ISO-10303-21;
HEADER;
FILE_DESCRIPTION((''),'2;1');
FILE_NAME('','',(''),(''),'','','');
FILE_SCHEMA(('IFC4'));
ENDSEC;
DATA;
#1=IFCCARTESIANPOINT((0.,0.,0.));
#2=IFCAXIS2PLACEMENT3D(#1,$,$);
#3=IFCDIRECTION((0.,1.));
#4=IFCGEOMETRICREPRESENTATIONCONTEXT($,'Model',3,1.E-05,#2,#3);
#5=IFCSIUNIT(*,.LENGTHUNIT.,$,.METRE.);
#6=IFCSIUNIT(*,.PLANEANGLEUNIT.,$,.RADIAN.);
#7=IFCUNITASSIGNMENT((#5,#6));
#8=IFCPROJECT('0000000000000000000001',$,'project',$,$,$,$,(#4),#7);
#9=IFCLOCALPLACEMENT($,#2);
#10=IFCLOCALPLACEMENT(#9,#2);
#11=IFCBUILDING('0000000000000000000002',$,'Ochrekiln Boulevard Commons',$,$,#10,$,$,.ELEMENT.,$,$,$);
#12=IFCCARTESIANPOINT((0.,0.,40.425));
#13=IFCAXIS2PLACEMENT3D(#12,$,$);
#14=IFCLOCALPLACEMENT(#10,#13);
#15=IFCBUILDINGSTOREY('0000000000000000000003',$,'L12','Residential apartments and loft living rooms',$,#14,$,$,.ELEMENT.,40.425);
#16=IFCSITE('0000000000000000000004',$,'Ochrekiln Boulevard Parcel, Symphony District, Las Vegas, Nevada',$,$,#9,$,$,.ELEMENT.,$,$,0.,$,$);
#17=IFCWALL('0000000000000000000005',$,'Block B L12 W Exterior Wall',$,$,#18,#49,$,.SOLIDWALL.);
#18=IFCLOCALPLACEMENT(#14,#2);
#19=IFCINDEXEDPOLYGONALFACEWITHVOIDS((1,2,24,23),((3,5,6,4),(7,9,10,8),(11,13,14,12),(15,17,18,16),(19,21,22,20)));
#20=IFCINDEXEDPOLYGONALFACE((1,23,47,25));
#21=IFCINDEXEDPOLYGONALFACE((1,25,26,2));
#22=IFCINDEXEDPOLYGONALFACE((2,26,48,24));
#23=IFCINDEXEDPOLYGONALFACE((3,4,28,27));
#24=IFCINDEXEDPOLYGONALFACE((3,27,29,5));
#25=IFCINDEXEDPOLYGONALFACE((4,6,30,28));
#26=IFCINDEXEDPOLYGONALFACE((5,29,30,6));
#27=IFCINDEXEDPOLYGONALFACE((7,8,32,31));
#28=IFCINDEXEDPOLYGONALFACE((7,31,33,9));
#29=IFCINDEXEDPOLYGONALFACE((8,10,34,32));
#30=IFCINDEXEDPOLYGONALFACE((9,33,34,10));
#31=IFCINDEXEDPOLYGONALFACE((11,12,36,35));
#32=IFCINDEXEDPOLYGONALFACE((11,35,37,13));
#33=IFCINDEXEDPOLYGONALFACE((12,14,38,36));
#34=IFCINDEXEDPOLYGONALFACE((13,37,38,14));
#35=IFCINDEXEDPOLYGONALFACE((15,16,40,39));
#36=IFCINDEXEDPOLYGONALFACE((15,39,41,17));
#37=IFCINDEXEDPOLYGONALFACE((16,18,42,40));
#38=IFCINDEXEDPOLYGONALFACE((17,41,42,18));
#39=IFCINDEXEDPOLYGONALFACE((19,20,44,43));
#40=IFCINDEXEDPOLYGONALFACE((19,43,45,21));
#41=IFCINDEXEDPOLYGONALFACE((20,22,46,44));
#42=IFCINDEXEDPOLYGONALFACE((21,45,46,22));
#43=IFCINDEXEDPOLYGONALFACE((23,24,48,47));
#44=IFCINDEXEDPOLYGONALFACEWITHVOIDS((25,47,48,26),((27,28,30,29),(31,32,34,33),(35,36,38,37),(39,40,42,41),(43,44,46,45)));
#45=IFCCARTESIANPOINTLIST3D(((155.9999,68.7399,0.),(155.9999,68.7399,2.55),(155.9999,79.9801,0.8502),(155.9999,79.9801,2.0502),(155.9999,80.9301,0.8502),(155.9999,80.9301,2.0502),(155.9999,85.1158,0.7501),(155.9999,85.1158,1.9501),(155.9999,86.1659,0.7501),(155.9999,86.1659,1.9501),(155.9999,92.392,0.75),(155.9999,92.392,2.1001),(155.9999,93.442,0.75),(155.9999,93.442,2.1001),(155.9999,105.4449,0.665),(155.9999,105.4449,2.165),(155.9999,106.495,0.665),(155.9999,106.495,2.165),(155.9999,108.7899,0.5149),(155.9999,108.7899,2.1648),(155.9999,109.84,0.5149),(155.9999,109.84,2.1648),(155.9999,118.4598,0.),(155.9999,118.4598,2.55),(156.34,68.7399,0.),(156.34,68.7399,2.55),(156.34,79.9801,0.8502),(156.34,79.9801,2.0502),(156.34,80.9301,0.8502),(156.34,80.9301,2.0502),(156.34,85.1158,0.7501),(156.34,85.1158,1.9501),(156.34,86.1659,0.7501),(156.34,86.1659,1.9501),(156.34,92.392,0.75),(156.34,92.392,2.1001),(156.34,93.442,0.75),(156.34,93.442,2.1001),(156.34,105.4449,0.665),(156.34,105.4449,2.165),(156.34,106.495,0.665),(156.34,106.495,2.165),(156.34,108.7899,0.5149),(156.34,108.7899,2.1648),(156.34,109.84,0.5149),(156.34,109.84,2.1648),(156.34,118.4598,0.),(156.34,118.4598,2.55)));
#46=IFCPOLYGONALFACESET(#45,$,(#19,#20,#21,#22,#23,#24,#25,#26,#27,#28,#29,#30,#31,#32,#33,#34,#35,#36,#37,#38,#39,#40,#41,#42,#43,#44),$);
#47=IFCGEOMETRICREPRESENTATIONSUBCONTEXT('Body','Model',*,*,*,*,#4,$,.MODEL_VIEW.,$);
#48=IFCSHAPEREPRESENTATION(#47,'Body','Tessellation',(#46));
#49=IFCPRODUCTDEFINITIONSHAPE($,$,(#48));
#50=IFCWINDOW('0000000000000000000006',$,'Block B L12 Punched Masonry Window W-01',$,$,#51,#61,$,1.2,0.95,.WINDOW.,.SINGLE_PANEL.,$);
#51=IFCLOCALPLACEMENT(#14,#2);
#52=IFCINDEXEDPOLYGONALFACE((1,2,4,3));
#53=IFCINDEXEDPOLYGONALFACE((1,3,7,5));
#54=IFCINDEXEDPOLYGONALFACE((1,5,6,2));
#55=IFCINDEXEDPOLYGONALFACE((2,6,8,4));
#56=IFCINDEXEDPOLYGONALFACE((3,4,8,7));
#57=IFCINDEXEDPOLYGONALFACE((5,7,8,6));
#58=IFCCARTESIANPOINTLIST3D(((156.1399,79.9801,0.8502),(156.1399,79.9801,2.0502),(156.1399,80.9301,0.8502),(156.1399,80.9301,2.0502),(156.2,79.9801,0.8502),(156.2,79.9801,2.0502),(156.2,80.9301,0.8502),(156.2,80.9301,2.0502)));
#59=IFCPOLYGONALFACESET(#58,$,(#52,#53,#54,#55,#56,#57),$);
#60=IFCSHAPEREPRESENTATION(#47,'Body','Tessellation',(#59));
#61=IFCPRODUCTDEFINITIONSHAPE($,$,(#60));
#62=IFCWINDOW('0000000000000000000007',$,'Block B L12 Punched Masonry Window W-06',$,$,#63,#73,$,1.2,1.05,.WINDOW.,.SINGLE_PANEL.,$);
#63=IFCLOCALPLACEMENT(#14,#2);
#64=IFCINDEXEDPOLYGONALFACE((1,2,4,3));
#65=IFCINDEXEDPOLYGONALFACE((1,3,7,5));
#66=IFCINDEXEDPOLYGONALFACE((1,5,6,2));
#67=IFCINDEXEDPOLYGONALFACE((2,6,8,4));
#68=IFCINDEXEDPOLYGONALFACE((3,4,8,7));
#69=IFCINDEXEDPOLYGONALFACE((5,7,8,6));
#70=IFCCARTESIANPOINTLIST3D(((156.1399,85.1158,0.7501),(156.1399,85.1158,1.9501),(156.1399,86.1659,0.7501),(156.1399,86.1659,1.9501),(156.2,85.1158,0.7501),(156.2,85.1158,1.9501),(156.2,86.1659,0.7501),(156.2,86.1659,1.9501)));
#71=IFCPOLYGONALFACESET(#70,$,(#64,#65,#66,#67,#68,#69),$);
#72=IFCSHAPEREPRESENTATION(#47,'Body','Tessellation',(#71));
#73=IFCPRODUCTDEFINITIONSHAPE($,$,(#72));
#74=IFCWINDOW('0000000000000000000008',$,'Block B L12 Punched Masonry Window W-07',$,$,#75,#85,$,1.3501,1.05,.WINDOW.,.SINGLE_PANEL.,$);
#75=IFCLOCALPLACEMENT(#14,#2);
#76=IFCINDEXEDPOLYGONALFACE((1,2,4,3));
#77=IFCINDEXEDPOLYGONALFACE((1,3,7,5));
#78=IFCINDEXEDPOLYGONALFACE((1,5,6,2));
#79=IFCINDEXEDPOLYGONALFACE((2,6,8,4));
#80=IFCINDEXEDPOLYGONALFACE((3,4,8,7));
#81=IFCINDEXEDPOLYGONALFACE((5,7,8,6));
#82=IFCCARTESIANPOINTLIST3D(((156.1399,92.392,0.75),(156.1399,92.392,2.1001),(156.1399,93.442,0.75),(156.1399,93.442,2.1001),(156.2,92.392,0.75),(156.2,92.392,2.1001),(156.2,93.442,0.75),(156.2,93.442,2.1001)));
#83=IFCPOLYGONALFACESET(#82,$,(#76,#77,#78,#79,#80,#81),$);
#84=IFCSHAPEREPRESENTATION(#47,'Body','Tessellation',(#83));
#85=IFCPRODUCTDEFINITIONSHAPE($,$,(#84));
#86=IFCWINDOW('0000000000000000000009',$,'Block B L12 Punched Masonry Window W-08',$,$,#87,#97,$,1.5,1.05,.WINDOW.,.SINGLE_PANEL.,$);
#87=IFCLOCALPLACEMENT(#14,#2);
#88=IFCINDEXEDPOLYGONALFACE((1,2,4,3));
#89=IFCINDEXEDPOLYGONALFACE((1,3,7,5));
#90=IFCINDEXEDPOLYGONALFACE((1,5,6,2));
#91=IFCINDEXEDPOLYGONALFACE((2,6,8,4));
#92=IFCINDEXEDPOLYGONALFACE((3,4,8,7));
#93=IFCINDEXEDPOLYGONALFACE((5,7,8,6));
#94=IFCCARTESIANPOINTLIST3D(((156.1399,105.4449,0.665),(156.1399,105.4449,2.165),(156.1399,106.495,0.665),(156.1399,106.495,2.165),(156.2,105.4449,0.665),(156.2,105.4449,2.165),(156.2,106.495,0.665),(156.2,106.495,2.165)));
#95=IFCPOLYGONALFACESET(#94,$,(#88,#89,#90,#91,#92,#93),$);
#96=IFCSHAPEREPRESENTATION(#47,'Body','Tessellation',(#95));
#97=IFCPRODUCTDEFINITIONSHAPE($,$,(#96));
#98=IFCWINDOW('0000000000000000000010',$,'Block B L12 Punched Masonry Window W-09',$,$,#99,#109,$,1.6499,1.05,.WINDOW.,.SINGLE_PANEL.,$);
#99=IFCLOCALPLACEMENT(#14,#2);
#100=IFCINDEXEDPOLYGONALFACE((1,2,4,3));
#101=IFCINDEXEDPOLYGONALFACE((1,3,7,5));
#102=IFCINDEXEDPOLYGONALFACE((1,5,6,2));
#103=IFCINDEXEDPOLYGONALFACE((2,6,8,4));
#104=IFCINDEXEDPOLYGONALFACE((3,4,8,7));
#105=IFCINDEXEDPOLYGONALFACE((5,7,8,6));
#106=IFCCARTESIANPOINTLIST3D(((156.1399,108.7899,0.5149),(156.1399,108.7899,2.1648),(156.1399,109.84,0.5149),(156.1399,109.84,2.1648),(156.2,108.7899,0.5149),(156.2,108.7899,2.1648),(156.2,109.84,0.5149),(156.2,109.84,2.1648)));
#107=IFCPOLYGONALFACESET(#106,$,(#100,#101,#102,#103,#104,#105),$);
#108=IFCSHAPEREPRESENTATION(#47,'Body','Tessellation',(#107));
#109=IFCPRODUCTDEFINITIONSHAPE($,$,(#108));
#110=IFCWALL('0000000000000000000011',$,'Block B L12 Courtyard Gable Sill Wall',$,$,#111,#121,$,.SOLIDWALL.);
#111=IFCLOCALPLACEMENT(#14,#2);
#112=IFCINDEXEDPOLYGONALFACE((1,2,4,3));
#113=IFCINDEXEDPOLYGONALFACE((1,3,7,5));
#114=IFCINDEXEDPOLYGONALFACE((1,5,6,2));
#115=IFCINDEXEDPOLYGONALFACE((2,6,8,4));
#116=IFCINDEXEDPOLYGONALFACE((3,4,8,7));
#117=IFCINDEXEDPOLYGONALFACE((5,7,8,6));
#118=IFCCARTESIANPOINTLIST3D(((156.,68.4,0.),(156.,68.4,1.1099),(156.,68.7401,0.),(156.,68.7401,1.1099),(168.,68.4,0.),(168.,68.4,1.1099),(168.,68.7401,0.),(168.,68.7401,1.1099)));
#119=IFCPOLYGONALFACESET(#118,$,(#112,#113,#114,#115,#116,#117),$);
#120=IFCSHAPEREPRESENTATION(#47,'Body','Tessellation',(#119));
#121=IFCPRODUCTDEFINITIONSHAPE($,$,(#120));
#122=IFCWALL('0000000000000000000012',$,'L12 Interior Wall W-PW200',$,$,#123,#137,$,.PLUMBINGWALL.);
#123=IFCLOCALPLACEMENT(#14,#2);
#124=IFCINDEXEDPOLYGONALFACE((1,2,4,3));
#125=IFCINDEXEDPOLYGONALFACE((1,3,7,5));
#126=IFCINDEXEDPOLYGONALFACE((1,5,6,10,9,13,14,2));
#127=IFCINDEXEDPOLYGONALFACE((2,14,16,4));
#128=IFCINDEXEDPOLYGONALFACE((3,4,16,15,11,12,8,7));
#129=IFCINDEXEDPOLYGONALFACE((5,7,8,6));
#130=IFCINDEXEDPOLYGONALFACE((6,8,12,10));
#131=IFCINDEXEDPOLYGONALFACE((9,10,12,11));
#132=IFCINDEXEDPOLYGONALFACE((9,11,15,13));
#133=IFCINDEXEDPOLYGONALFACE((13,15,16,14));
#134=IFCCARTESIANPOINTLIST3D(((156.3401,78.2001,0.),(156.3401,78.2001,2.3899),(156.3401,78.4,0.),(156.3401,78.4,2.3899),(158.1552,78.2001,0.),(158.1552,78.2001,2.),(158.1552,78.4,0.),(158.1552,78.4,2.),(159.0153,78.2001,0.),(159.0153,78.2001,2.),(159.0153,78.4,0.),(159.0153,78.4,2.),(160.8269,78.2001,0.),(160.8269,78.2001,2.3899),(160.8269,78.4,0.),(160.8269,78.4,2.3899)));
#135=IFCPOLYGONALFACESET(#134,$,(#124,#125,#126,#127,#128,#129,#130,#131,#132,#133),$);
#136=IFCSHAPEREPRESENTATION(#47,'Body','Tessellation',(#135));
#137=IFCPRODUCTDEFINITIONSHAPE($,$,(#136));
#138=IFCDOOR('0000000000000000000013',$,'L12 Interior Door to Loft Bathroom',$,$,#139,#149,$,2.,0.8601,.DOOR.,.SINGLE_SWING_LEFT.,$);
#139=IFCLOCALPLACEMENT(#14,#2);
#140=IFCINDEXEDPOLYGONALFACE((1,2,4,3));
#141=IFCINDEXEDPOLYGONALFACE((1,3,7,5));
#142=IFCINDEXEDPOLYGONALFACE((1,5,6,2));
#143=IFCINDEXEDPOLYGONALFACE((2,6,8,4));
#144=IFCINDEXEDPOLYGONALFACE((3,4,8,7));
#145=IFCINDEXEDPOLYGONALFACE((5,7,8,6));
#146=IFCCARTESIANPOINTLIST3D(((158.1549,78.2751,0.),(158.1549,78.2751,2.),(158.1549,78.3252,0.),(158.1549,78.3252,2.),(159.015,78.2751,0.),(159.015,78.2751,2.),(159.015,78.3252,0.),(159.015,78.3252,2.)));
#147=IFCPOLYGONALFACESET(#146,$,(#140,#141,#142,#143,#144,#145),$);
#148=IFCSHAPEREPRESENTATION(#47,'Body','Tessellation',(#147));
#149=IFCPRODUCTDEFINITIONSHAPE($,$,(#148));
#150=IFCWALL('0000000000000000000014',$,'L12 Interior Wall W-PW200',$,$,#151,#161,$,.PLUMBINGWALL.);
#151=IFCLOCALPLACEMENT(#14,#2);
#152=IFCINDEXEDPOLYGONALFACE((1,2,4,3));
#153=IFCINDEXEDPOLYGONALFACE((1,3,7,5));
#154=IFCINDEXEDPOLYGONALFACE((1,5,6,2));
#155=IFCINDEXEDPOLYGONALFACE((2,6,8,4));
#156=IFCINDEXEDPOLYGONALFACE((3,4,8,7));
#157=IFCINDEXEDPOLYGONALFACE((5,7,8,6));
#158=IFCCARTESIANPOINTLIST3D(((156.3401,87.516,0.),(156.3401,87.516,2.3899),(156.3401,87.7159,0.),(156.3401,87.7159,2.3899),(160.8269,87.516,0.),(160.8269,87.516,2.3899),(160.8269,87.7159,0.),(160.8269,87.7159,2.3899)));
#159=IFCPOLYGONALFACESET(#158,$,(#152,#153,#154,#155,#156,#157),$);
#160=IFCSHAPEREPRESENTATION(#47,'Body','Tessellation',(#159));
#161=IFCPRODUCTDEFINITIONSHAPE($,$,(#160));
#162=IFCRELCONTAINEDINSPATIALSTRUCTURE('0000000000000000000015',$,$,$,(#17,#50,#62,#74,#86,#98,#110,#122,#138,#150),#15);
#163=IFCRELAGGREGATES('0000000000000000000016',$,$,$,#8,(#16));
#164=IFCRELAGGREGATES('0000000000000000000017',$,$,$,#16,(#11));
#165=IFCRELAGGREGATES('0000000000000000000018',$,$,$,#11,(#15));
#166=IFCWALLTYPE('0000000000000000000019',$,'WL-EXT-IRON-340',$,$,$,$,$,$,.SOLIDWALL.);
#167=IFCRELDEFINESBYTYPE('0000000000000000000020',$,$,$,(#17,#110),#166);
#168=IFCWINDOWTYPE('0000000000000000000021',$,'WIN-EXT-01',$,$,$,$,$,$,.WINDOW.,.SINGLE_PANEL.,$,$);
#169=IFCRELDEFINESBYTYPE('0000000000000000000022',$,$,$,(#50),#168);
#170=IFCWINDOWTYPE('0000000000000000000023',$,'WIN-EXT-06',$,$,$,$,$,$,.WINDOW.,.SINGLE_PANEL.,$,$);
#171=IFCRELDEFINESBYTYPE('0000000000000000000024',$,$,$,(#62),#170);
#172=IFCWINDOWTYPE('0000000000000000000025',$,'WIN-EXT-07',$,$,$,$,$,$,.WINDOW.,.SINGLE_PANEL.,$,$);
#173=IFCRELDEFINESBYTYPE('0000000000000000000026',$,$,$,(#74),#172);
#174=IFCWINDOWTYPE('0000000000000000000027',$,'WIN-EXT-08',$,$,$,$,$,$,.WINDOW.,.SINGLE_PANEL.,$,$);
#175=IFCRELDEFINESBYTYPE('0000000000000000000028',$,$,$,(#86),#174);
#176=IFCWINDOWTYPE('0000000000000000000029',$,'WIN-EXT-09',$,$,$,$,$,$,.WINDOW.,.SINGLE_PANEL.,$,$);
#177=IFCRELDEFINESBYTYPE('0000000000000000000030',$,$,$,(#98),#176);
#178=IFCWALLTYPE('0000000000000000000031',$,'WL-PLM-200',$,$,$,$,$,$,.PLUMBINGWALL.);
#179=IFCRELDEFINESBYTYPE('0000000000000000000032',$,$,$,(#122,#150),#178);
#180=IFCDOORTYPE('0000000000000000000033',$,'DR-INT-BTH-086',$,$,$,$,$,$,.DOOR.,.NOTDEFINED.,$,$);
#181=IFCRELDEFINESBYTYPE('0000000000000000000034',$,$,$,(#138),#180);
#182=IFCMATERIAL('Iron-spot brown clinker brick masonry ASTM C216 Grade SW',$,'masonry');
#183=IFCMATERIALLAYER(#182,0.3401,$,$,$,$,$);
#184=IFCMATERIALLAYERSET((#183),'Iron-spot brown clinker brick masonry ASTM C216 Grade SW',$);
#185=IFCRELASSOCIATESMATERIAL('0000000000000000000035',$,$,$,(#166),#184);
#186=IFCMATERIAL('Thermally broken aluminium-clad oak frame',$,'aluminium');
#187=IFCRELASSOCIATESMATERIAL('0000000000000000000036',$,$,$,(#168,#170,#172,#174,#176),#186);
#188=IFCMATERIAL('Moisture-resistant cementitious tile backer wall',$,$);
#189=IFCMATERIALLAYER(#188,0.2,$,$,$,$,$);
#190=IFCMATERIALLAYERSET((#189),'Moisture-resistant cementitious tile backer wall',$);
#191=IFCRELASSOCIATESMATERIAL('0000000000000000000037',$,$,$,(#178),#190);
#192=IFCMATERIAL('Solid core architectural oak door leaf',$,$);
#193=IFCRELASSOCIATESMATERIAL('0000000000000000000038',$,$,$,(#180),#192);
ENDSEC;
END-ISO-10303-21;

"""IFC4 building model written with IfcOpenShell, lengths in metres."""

from ifc_helpers import new_model, si_unit, direction, frame, frame_2d, origin, place, context, subcontext, project, spatial, rectangle, extrude, material, layer, layer_set, type_object, element, fill, save


model = new_model("IFC4")

# Units and contexts
model_context = context("Model", 3, precision=1e-05, world=origin(), true_north=direction((0.0, 1.0)))
body_context = subcontext(model_context, "Body", "Model", "MODEL_VIEW")
ifc_project = project(units=[si_unit("LENGTHUNIT", "METRE"), si_unit("PLANEANGLEUNIT", "RADIAN")], contexts=[model_context])

# Site, building, storey
site_placement = place(None, origin())
site = spatial("IfcSite", under=ifc_project, at=site_placement, Name="Ochrekiln Boulevard Parcel, Symphony District, Las Vegas, Nevada", CompositionType="ELEMENT", RefElevation=0.0)
building_placement = place(site_placement, origin())
building = spatial("IfcBuilding", under=site, at=building_placement, Name="Ochrekiln Boulevard Commons", CompositionType="ELEMENT")
storey_placement = place(building_placement, frame((0.0, 0.0, 40.425)))
storey = spatial("IfcBuildingStorey", under=building, at=storey_placement, Name="L12", Description="Residential apartments and loft living rooms", CompositionType="ELEMENT", Elevation=40.425)

# Shared definitions
ifc_material_1 = material(Name="Iron-spot brown clinker brick masonry ASTM C216 Grade SW", Category="masonry")
ifc_layer_1 = layer(ifc_material_1, 0.3401)
ifc_layer_set_1 = layer_set([ifc_layer_1], Name="Iron-spot brown clinker brick masonry ASTM C216 Grade SW")
wall_type_1 = type_object("IfcWallType", Name="WL-EXT-IRON-340", PredefinedType="SOLIDWALL", material=ifc_layer_set_1)

# Wall, openings, windows
wall_1_placement = place(storey_placement, frame((156.1699, 68.74, 0.0), z_axis=(0.0, 0.0, 1.0), x_axis=(0.0, 1.0, 0.0)))
wall_1 = element("IfcWall", 1, at=wall_1_placement, inside=storey, type_object=wall_type_1, Name="Block B L12 W Exterior Wall", PredefinedType="SOLIDWALL", context=body_context, shape_type="SweptSolid", body=[
    extrude(rectangle(XDim=49.72, YDim=0.3401, at=frame_2d((24.8599, 0.0))), origin(), (0.0, 0.0, 1.0), 2.55),
])
opening_1_placement = place(wall_1_placement, frame((11.24, 0.0, 0.8501)))
opening_1 = element("IfcOpeningElement", 2, at=opening_1_placement, cuts=wall_1, PredefinedType="OPENING", context=body_context, shape_type="SweptSolid", body=[
    extrude(rectangle(XDim=0.95, YDim=1.2, at=frame_2d((0.4751, 0.6001))), frame((0.0, 0.1799, 0.0), z_axis=(0.0, -1.0, 0.0), x_axis=(1.0, 0.0, 0.0)), (0.0, 0.0, 1.0), 0.3601),
])
opening_2_placement = place(wall_1_placement, frame((16.376, 0.0, 0.75)))
opening_2 = element("IfcOpeningElement", 3, at=opening_2_placement, cuts=wall_1, PredefinedType="OPENING", context=body_context, shape_type="SweptSolid", body=[
    extrude(rectangle(XDim=1.05, YDim=1.2, at=frame_2d((0.5249, 0.6001))), frame((0.0, 0.1799, 0.0), z_axis=(0.0, -1.0, 0.0), x_axis=(1.0, 0.0, 0.0)), (0.0, 0.0, 1.0), 0.3601),
])
opening_3_placement = place(wall_1_placement, frame((23.6521, 0.0, 0.75)))
opening_3 = element("IfcOpeningElement", 4, at=opening_3_placement, cuts=wall_1, PredefinedType="OPENING", context=body_context, shape_type="SweptSolid", body=[
    extrude(rectangle(XDim=1.05, YDim=1.3501, at=frame_2d((0.5249, 0.675))), frame((0.0, 0.1799, 0.0), z_axis=(0.0, -1.0, 0.0), x_axis=(1.0, 0.0, 0.0)), (0.0, 0.0, 1.0), 0.3601),
])
opening_4_placement = place(wall_1_placement, frame((36.7051, 0.0, 0.665)))
opening_4 = element("IfcOpeningElement", 5, at=opening_4_placement, cuts=wall_1, PredefinedType="OPENING", context=body_context, shape_type="SweptSolid", body=[
    extrude(rectangle(XDim=1.05, YDim=1.5, at=frame_2d((0.5249, 0.75))), frame((0.0, 0.1799, 0.0), z_axis=(0.0, -1.0, 0.0), x_axis=(1.0, 0.0, 0.0)), (0.0, 0.0, 1.0), 0.3601),
])
opening_5_placement = place(wall_1_placement, frame((40.05, 0.0, 0.5149)))
opening_5 = element("IfcOpeningElement", 6, at=opening_5_placement, cuts=wall_1, PredefinedType="OPENING", context=body_context, shape_type="SweptSolid", body=[
    extrude(rectangle(XDim=1.05, YDim=1.6499, at=frame_2d((0.5249, 0.825))), frame((0.0, 0.1799, 0.0), z_axis=(0.0, -1.0, 0.0), x_axis=(1.0, 0.0, 0.0)), (0.0, 0.0, 1.0), 0.3601),
])
ifc_material_2 = material(Name="Thermally broken aluminium-clad oak frame", Category="aluminium")
window_type_1 = type_object("IfcWindowType", Name="WIN-EXT-01", PartitioningType="SINGLE_PANEL", PredefinedType="WINDOW", material=ifc_material_2)
window_1_placement = place(opening_1_placement, origin())
window_1 = element("IfcWindow", 7, at=window_1_placement, inside=storey, type_object=window_type_1, Name="Block B L12 Punched Masonry Window W-01", OverallHeight=1.2, OverallWidth=0.95, PartitioningType="SINGLE_PANEL", PredefinedType="WINDOW", context=body_context, shape_type="SweptSolid", body=[
    extrude(rectangle(XDim=0.95, YDim=1.2, at=frame_2d((0.4751, 0.6001))), frame((0.0, 0.03, 0.0), z_axis=(0.0, -1.0, 0.0), x_axis=(1.0, 0.0, 0.0)), (0.0, 0.0, 1.0), 0.0601),
])
fill(opening_1, window_1)
window_type_2 = type_object("IfcWindowType", Name="WIN-EXT-06", PartitioningType="SINGLE_PANEL", PredefinedType="WINDOW", material=ifc_material_2)
window_2_placement = place(opening_2_placement, origin())
window_2 = element("IfcWindow", 8, at=window_2_placement, inside=storey, type_object=window_type_2, Name="Block B L12 Punched Masonry Window W-06", OverallHeight=1.2, OverallWidth=1.05, PartitioningType="SINGLE_PANEL", PredefinedType="WINDOW", context=body_context, shape_type="SweptSolid", body=[
    extrude(rectangle(XDim=1.05, YDim=1.2, at=frame_2d((0.5249, 0.6001))), frame((0.0, 0.03, 0.0), z_axis=(0.0, -1.0, 0.0), x_axis=(1.0, 0.0, 0.0)), (0.0, 0.0, 1.0), 0.0601),
])
fill(opening_2, window_2)
window_type_3 = type_object("IfcWindowType", Name="WIN-EXT-07", PartitioningType="SINGLE_PANEL", PredefinedType="WINDOW", material=ifc_material_2)
window_3_placement = place(opening_3_placement, origin())
window_3 = element("IfcWindow", 9, at=window_3_placement, inside=storey, type_object=window_type_3, Name="Block B L12 Punched Masonry Window W-07", OverallHeight=1.3501, OverallWidth=1.05, PartitioningType="SINGLE_PANEL", PredefinedType="WINDOW", context=body_context, shape_type="SweptSolid", body=[
    extrude(rectangle(XDim=1.05, YDim=1.3501, at=frame_2d((0.5249, 0.675))), frame((0.0, 0.03, 0.0), z_axis=(0.0, -1.0, 0.0), x_axis=(1.0, 0.0, 0.0)), (0.0, 0.0, 1.0), 0.0601),
])
fill(opening_3, window_3)
window_type_4 = type_object("IfcWindowType", Name="WIN-EXT-08", PartitioningType="SINGLE_PANEL", PredefinedType="WINDOW", material=ifc_material_2)
window_4_placement = place(opening_4_placement, origin())
window_4 = element("IfcWindow", 10, at=window_4_placement, inside=storey, type_object=window_type_4, Name="Block B L12 Punched Masonry Window W-08", OverallHeight=1.5, OverallWidth=1.05, PartitioningType="SINGLE_PANEL", PredefinedType="WINDOW", context=body_context, shape_type="SweptSolid", body=[
    extrude(rectangle(XDim=1.05, YDim=1.5, at=frame_2d((0.5249, 0.75))), frame((0.0, 0.03, 0.0), z_axis=(0.0, -1.0, 0.0), x_axis=(1.0, 0.0, 0.0)), (0.0, 0.0, 1.0), 0.0601),
])
fill(opening_4, window_4)
window_type_5 = type_object("IfcWindowType", Name="WIN-EXT-09", PartitioningType="SINGLE_PANEL", PredefinedType="WINDOW", material=ifc_material_2)
window_5_placement = place(opening_5_placement, origin())
window_5 = element("IfcWindow", 11, at=window_5_placement, inside=storey, type_object=window_type_5, Name="Block B L12 Punched Masonry Window W-09", OverallHeight=1.6499, OverallWidth=1.05, PartitioningType="SINGLE_PANEL", PredefinedType="WINDOW", context=body_context, shape_type="SweptSolid", body=[
    extrude(rectangle(XDim=1.05, YDim=1.6499, at=frame_2d((0.5249, 0.825))), frame((0.0, 0.03, 0.0), z_axis=(0.0, -1.0, 0.0), x_axis=(1.0, 0.0, 0.0)), (0.0, 0.0, 1.0), 0.0601),
])
fill(opening_5, window_5)

# Wall
wall_2_placement = place(storey_placement, frame((156.0, 68.5701, 0.0), z_axis=(0.0, 0.0, 1.0), x_axis=(1.0, 0.0, 0.0)))
element("IfcWall", 12, at=wall_2_placement, inside=storey, type_object=wall_type_1, Name="Block B L12 Courtyard Gable Sill Wall", PredefinedType="SOLIDWALL", context=body_context, shape_type="SweptSolid", body=[
    extrude(rectangle(XDim=12.0, YDim=0.3401, at=frame_2d((6.0, 0.0))), origin(), (0.0, 0.0, 1.0), 1.1099),
])

# Wall, opening, door
ifc_material_3 = material(Name="Moisture-resistant cementitious tile backer wall")
ifc_layer_2 = layer(ifc_material_3, 0.2)
ifc_layer_set_2 = layer_set([ifc_layer_2], Name="Moisture-resistant cementitious tile backer wall")
wall_type_2 = type_object("IfcWallType", Name="WL-PLM-200", PredefinedType="PLUMBINGWALL", material=ifc_layer_set_2)
wall_3_placement = place(storey_placement, frame((156.3401, 78.3, 0.0), z_axis=(0.0, 0.0, 1.0), x_axis=(1.0, 0.0, 0.0)))
wall_3 = element("IfcWall", 13, at=wall_3_placement, inside=storey, type_object=wall_type_2, Name="L12 Interior Wall W-PW200", PredefinedType="PLUMBINGWALL", context=body_context, shape_type="SweptSolid", body=[
    extrude(rectangle(XDim=4.4868, YDim=0.2, at=frame_2d((2.2434, 0.0))), origin(), (0.0, 0.0, 1.0), 2.3899),
])
opening_6_placement = place(wall_3_placement, frame((1.8149, 0.0, 0.0)))
opening_6 = element("IfcOpeningElement", 14, at=opening_6_placement, cuts=wall_3, PredefinedType="OPENING", context=body_context, shape_type="SweptSolid", body=[
    extrude(rectangle(XDim=0.8601, YDim=2.0, at=frame_2d((0.4302, 1.0))), frame((0.0, 0.1099, 0.0), z_axis=(0.0, -1.0, 0.0), x_axis=(1.0, 0.0, 0.0)), (0.0, 0.0, 1.0), 0.22),
])
ifc_material_4 = material(Name="Solid core architectural oak door leaf")
door_type_1 = type_object("IfcDoorType", Name="DR-INT-BTH-086", OperationType="NOTDEFINED", PredefinedType="DOOR", material=ifc_material_4)
door_1_placement = place(opening_6_placement, frame((0.8601, 0.0, 0.0), z_axis=(0.0, 0.0, 1.0), x_axis=(-1.0, 0.0, 0.0)))
door_1 = element("IfcDoor", 15, at=door_1_placement, inside=storey, type_object=door_type_1, Name="L12 Interior Door to Loft Bathroom", OperationType="SINGLE_SWING_LEFT", OverallHeight=2.0, OverallWidth=0.8601, PredefinedType="DOOR", context=body_context, shape_type="SweptSolid", body=[
    extrude(rectangle(XDim=0.8601, YDim=2.0, at=frame_2d((0.4302, 1.0))), frame((0.0, 0.0249, 0.0), z_axis=(0.0, -1.0, 0.0), x_axis=(1.0, 0.0, 0.0)), (0.0, 0.0, 1.0), 0.05),
])
fill(opening_6, door_1)

# Wall
wall_4_placement = place(storey_placement, frame((156.3401, 87.616, 0.0), z_axis=(0.0, 0.0, 1.0), x_axis=(1.0, 0.0, 0.0)))
element("IfcWall", 16, at=wall_4_placement, inside=storey, type_object=wall_type_2, Name="L12 Interior Wall W-PW200", PredefinedType="PLUMBINGWALL", context=body_context, shape_type="SweptSolid", body=[
    extrude(rectangle(XDim=4.4868, YDim=0.2, at=frame_2d((2.2434, 0.0))), origin(), (0.0, 0.0, 1.0), 2.3899),
])

save(model, "model.ifc")
